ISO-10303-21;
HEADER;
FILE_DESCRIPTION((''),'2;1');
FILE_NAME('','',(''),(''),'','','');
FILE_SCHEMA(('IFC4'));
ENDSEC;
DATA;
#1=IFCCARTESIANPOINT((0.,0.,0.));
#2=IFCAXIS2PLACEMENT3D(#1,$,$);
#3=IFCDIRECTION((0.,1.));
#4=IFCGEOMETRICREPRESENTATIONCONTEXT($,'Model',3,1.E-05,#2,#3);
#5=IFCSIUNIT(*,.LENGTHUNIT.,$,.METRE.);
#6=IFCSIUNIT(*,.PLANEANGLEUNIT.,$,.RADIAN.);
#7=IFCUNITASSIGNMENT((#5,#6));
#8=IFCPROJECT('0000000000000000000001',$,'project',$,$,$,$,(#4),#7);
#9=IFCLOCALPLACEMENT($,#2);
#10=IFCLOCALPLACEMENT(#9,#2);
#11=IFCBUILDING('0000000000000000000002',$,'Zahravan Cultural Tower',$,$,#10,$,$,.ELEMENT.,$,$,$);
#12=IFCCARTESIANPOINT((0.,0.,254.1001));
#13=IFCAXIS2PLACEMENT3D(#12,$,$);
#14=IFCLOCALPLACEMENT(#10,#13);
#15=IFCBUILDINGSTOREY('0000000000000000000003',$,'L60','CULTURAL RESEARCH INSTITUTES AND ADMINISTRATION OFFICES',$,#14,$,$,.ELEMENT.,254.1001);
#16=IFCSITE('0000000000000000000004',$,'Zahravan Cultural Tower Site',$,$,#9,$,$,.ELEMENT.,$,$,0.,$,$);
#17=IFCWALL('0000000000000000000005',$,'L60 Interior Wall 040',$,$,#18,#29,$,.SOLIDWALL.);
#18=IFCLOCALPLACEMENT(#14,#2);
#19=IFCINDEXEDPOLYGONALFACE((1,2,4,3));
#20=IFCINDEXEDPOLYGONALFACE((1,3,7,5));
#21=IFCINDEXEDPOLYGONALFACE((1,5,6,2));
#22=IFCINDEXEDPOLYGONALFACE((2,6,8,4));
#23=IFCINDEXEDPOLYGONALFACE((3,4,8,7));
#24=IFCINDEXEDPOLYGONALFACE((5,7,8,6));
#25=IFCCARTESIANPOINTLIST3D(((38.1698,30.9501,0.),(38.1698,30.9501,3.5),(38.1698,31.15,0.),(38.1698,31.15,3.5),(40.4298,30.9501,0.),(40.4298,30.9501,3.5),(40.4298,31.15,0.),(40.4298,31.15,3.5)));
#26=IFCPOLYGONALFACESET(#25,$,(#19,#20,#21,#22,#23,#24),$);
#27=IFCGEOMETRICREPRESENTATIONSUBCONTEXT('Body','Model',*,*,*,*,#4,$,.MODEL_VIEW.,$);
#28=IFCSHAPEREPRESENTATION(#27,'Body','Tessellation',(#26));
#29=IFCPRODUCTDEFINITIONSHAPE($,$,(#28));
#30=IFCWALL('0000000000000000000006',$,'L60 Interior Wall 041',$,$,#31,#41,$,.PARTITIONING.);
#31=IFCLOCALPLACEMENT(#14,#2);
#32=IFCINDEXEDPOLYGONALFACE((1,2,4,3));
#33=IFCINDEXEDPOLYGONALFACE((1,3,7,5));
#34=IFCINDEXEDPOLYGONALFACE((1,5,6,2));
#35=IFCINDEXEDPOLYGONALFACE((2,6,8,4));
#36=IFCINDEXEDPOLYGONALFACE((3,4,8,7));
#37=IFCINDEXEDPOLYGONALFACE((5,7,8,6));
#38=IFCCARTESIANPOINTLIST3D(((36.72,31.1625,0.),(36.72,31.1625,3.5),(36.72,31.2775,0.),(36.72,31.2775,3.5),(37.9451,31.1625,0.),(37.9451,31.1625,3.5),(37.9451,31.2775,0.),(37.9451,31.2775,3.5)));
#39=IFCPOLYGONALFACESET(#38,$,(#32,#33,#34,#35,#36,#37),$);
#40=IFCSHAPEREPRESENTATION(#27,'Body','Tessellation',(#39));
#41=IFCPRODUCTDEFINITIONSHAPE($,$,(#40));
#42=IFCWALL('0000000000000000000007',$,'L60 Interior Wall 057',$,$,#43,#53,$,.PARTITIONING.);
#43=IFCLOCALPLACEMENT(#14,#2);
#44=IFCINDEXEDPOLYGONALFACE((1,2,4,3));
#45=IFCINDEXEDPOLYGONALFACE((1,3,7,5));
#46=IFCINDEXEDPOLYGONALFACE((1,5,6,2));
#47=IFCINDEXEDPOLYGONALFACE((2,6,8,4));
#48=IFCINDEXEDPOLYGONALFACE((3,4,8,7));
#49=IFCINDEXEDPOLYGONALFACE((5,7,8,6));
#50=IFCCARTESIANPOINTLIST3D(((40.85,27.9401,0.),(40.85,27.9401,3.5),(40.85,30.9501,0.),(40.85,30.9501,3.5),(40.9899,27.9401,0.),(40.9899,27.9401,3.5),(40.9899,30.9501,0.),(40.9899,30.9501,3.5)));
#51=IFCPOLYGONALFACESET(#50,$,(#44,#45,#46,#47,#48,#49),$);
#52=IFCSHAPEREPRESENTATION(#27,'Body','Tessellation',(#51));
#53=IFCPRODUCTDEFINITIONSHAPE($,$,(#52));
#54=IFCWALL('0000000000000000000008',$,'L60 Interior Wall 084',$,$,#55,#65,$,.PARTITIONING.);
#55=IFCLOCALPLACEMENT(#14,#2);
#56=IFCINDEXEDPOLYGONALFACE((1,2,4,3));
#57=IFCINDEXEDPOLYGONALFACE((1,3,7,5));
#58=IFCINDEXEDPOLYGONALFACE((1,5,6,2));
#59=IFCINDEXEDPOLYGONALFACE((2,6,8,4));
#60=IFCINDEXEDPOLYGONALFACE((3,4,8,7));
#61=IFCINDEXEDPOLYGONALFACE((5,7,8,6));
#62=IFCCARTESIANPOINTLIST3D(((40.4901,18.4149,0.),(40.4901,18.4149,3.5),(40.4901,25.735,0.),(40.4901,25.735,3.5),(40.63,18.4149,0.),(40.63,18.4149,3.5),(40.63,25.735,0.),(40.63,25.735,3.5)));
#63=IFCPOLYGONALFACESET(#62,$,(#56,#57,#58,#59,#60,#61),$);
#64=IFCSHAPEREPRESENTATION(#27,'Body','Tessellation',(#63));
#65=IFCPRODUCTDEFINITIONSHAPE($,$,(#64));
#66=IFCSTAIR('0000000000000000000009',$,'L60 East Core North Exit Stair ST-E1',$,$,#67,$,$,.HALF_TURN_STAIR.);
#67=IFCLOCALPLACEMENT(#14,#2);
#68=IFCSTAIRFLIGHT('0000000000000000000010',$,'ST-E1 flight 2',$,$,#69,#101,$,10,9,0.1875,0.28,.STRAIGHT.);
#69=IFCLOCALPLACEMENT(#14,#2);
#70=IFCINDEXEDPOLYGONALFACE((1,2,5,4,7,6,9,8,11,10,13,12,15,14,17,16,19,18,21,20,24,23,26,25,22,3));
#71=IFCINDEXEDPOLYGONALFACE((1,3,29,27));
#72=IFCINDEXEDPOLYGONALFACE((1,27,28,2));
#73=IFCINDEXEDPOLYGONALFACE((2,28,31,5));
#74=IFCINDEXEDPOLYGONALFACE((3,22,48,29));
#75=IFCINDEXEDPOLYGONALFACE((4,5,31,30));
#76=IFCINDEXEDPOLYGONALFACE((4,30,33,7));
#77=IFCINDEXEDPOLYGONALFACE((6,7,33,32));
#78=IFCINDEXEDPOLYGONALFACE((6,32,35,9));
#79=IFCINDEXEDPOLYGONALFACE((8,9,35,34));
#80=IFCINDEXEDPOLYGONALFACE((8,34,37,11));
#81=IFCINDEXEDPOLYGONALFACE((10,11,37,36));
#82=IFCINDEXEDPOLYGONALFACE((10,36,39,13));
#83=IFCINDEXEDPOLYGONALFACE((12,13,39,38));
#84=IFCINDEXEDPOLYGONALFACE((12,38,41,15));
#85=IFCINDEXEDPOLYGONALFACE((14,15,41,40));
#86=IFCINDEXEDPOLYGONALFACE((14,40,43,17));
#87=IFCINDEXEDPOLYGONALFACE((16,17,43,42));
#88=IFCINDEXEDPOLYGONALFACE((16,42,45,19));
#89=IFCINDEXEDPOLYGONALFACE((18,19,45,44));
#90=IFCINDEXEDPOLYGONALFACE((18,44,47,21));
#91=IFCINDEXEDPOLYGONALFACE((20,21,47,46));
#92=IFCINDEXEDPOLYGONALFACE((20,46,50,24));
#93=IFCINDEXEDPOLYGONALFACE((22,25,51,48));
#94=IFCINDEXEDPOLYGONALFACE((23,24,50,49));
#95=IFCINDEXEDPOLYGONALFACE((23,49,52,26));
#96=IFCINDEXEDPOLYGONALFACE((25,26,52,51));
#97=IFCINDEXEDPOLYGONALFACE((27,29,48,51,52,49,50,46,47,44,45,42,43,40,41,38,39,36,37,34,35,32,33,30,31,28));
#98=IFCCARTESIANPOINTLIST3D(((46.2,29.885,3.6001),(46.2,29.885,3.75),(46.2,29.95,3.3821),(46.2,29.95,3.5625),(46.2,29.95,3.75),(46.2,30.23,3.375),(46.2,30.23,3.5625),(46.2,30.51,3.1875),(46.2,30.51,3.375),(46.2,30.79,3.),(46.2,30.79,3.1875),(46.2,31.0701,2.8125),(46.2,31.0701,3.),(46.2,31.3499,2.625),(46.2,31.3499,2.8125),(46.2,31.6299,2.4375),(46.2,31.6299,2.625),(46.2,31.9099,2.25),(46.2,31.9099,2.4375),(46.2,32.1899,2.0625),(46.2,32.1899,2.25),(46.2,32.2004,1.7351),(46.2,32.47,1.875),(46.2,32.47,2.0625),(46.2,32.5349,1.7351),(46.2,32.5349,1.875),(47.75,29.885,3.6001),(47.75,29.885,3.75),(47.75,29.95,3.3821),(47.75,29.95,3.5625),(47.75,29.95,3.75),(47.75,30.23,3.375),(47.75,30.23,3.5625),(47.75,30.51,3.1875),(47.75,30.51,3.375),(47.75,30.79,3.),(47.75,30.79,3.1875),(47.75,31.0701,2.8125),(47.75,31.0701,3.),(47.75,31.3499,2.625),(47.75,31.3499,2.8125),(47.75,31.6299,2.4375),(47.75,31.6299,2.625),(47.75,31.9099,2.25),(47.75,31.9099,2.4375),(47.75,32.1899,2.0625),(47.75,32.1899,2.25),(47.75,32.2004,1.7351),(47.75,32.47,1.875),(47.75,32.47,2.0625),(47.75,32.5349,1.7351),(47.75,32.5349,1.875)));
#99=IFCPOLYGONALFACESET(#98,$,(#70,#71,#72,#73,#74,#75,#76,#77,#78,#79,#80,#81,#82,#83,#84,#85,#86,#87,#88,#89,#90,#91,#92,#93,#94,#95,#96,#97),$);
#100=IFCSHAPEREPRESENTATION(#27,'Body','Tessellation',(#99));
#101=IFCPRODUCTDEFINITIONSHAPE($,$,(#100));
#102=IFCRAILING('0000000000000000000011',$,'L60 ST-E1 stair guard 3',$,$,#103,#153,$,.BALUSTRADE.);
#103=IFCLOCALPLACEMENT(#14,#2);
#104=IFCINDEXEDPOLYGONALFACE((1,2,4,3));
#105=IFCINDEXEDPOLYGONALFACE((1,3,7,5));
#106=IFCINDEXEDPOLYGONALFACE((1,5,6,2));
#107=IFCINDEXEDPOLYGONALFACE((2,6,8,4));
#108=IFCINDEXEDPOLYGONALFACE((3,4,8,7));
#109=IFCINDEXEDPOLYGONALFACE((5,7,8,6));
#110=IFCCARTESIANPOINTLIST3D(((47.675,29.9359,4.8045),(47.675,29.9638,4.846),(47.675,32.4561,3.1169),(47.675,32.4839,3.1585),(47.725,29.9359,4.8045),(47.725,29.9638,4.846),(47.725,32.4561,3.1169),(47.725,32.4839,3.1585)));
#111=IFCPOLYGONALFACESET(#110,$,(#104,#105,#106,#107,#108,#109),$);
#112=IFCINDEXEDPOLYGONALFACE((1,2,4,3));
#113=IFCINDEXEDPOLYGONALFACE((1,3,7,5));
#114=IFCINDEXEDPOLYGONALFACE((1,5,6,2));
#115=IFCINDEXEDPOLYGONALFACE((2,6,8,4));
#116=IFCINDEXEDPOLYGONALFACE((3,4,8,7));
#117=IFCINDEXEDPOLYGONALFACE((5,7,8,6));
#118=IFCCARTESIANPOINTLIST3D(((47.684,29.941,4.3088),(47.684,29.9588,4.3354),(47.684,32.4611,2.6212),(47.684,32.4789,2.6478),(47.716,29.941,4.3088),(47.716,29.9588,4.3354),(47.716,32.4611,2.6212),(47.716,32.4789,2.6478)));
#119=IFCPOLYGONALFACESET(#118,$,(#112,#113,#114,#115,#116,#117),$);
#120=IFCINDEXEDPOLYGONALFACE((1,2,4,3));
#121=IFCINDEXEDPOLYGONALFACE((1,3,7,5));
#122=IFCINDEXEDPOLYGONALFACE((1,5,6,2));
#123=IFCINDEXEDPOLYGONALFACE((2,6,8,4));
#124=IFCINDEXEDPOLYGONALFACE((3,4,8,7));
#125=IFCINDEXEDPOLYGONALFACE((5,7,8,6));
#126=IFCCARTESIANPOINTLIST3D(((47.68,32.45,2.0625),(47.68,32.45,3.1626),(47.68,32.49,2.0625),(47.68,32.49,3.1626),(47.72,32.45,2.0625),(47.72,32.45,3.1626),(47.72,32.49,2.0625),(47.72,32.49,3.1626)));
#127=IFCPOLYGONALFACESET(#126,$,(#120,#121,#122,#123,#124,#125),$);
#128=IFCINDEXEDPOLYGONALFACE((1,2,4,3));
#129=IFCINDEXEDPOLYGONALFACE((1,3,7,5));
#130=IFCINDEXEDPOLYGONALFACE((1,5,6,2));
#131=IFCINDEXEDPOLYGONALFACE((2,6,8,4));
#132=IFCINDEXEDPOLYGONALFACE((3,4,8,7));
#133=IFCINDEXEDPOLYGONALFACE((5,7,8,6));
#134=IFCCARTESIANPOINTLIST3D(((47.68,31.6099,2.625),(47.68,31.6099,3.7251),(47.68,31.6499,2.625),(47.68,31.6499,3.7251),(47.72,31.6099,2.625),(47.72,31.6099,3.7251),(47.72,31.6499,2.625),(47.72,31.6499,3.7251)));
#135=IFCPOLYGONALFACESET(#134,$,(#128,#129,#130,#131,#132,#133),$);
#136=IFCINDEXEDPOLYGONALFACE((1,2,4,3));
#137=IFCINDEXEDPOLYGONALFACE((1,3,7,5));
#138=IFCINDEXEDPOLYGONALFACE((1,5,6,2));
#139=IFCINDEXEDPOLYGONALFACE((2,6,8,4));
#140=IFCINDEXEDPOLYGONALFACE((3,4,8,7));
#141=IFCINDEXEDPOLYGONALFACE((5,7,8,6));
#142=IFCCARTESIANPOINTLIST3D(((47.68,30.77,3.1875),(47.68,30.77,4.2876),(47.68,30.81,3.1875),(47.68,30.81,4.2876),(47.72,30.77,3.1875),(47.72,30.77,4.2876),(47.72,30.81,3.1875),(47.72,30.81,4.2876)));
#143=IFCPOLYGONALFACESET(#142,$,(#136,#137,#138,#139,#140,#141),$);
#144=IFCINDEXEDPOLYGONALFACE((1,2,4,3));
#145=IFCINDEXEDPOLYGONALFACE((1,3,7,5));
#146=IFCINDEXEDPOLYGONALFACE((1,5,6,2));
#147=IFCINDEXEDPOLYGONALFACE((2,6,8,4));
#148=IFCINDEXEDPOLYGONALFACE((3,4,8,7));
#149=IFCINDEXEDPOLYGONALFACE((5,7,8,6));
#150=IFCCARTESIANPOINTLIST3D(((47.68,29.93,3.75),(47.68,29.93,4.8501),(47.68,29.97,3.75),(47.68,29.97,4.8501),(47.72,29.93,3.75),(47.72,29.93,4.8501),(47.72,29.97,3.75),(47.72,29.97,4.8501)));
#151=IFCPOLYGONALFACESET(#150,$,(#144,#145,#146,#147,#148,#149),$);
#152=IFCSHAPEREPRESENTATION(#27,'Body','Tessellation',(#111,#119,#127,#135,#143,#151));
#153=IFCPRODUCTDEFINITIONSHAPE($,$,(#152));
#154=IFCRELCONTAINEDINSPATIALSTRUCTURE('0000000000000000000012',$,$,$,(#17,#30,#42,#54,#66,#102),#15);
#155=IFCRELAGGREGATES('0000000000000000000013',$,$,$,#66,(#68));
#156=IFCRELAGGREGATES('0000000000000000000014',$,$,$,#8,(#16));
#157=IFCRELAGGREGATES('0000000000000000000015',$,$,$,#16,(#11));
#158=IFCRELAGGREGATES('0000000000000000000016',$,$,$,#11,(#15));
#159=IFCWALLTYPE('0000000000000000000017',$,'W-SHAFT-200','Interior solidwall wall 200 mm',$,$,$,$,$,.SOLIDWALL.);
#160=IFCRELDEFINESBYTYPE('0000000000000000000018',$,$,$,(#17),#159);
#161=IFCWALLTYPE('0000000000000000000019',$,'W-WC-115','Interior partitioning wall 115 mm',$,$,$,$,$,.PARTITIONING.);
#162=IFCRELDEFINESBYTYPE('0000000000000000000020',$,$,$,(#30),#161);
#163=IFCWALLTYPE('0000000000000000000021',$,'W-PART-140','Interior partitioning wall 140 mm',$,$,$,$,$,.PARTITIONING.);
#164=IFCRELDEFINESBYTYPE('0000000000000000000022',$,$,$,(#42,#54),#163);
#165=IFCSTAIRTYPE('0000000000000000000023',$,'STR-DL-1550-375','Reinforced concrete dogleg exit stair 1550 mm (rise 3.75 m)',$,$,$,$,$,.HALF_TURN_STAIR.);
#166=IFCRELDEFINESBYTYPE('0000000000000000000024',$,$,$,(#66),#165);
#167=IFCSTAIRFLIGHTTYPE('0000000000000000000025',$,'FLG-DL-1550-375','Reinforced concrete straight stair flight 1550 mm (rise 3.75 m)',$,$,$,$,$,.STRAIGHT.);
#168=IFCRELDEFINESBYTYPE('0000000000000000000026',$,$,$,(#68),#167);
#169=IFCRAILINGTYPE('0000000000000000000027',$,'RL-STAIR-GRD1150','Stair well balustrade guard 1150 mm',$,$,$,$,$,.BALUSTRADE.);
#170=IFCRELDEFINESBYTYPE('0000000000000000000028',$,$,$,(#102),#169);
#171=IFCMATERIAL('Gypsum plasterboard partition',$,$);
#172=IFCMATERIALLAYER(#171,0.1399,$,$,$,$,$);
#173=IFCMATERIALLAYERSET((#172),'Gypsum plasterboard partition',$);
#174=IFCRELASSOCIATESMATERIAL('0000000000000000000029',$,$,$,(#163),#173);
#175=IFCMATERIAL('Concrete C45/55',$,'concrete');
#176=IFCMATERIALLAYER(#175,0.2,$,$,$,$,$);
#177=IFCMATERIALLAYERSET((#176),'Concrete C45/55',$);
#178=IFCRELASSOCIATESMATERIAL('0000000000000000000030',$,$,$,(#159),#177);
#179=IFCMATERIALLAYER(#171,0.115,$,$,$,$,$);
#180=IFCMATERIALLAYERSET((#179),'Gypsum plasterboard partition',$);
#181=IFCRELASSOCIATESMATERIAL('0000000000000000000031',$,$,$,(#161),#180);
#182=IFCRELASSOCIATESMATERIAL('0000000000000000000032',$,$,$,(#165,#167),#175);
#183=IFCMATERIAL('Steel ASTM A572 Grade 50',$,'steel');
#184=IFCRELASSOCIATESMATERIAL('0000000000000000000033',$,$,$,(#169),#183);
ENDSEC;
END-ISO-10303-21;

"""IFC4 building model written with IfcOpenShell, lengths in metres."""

from ifc_helpers import new_model, si_unit, direction, frame, frame_2d, origin, origin_2d, place, context, subcontext, project, spatial, polyline, rectangle, outline, extrude, source, transform, mapped, material, layer, layer_set, type_object, element, aggregate, save


model = new_model("IFC4")

# Units and contexts
model_context = context("Model", 3, precision=1e-05, world=origin(), true_north=direction((0.0, 1.0)))
body_context = subcontext(model_context, "Body", "Model", "MODEL_VIEW")
ifc_project = project(units=[si_unit("LENGTHUNIT", "METRE"), si_unit("PLANEANGLEUNIT", "RADIAN")], contexts=[model_context])

# Site, building, storey
site_placement = place(None, origin())
site = spatial("IfcSite", under=ifc_project, at=site_placement, Name="Zahravan Cultural Tower Site", CompositionType="ELEMENT", RefElevation=0.0)
building_placement = place(site_placement, origin())
building = spatial("IfcBuilding", under=site, at=building_placement, Name="Zahravan Cultural Tower", CompositionType="ELEMENT")
storey_placement = place(building_placement, frame((0.0, 0.0, 254.1001)))
storey = spatial("IfcBuildingStorey", under=building, at=storey_placement, Name="L60", Description="CULTURAL RESEARCH INSTITUTES AND ADMINISTRATION OFFICES", CompositionType="ELEMENT", Elevation=254.1001)

# Shared definitions
ifc_material_1 = material(Name="Steel ASTM A572 Grade 50", Category="steel")
ifc_material_2 = material(Name="Gypsum plasterboard partition")
ifc_layer_1 = layer(ifc_material_2, 0.1399)
ifc_layer_set_1 = layer_set([ifc_layer_1], Name="Gypsum plasterboard partition")
wall_type_1 = type_object("IfcWallType", Name="W-PART-140", Description="Interior partitioning wall 140 mm", PredefinedType="PARTITIONING", material=ifc_layer_set_1)
ifc_material_3 = material(Name="Concrete C45/55", Category="concrete")
ifc_layer_2 = layer(ifc_material_3, 0.2)
ifc_layer_set_2 = layer_set([ifc_layer_2], Name="Concrete C45/55")
wall_type_2 = type_object("IfcWallType", Name="W-SHAFT-200", Description="Interior solidwall wall 200 mm", PredefinedType="SOLIDWALL", material=ifc_layer_set_2)

# Walls
shared_shape_1 = source(origin(), body_context, "Body", "SweptSolid", [
    extrude(rectangle(XDim=2.26, YDim=0.2, at=frame_2d((1.1299, 0.0))), origin(), (0.0, 0.0, 1.0), 3.5),
])
wall_1_placement = place(storey_placement, frame((38.1699, 31.05, 0.0), z_axis=(0.0, 0.0, 1.0), x_axis=(1.0, 0.0, 0.0)))
element("IfcWall", 1, at=wall_1_placement, inside=storey, type_object=wall_type_2, Name="L60 Interior Wall 040", PredefinedType="SOLIDWALL", context=body_context, shape_type="MappedRepresentation", body=[
    mapped(shared_shape_1, transform((0.0, 0.0, 0.0), x_axis=(1.0, 0.0, 0.0), y_axis=(0.0, 1.0, 0.0), z_axis=(0.0, 0.0, 1.0), scale=1.0)),
])
ifc_layer_3 = layer(ifc_material_2, 0.115)
ifc_layer_set_3 = layer_set([ifc_layer_3], Name="Gypsum plasterboard partition")
wall_type_3 = type_object("IfcWallType", Name="W-WC-115", Description="Interior partitioning wall 115 mm", PredefinedType="PARTITIONING", material=ifc_layer_set_3)
shared_shape_2 = source(origin(), body_context, "Body", "SweptSolid", [
    extrude(rectangle(XDim=1.2251, YDim=0.115, at=frame_2d((0.6125, 0.0))), origin(), (0.0, 0.0, 1.0), 3.5),
])
wall_2_placement = place(storey_placement, frame((37.9451, 31.22, 0.0), z_axis=(0.0, 0.0, 1.0), x_axis=(-1.0, 0.0, 0.0)))
element("IfcWall", 2, at=wall_2_placement, inside=storey, type_object=wall_type_3, Name="L60 Interior Wall 041", PredefinedType="PARTITIONING", context=body_context, shape_type="MappedRepresentation", body=[
    mapped(shared_shape_2, transform((0.0, 0.0, 0.0), x_axis=(1.0, 0.0, 0.0), y_axis=(0.0, 1.0, 0.0), z_axis=(0.0, 0.0, 1.0), scale=1.0)),
])
shared_shape_3 = source(origin(), body_context, "Body", "SweptSolid", [
    extrude(rectangle(XDim=3.01, YDim=0.1399, at=frame_2d((1.5049, 0.0))), origin(), (0.0, 0.0, 1.0), 3.5),
])
wall_3_placement = place(storey_placement, frame((40.9199, 30.95, 0.0), z_axis=(0.0, 0.0, 1.0), x_axis=(0.0, -1.0, 0.0)))
element("IfcWall", 3, at=wall_3_placement, inside=storey, type_object=wall_type_1, Name="L60 Interior Wall 057", PredefinedType="PARTITIONING", context=body_context, shape_type="MappedRepresentation", body=[
    mapped(shared_shape_3, transform((0.0, 0.0, 0.0), x_axis=(1.0, 0.0, 0.0), y_axis=(0.0, 1.0, 0.0), z_axis=(0.0, 0.0, 1.0), scale=1.0)),
])
shared_shape_4 = source(origin(), body_context, "Body", "SweptSolid", [
    extrude(rectangle(XDim=7.3201, YDim=0.1399, at=frame_2d((3.6602, 0.0))), origin(), (0.0, 0.0, 1.0), 3.5),
])
wall_4_placement = place(storey_placement, frame((40.5601, 25.7351, 0.0), z_axis=(0.0, 0.0, 1.0), x_axis=(0.0, -1.0, 0.0)))
element("IfcWall", 4, at=wall_4_placement, inside=storey, type_object=wall_type_1, Name="L60 Interior Wall 084", PredefinedType="PARTITIONING", context=body_context, shape_type="MappedRepresentation", body=[
    mapped(shared_shape_4, transform((0.0, 0.0, 0.0), x_axis=(1.0, 0.0, 0.0), y_axis=(0.0, 1.0, 0.0), z_axis=(0.0, 0.0, 1.0), scale=1.0)),
])

# Stair, stair flight
stair_type = type_object("IfcStairType", Name="STR-DL-1550-375", Description="Reinforced concrete dogleg exit stair 1550 mm (rise 3.75 m)", PredefinedType="HALF_TURN_STAIR", material=ifc_material_3)
stair_placement = place(storey_placement, origin())
stair = element("IfcStair", 5, at=stair_placement, inside=storey, type_object=stair_type, Name="L60 East Core North Exit Stair ST-E1", PredefinedType="HALF_TURN_STAIR")
stair_flight_type = type_object("IfcStairFlightType", Name="FLG-DL-1550-375", Description="Reinforced concrete straight stair flight 1550 mm (rise 3.75 m)", PredefinedType="STRAIGHT", material=ifc_material_3)
stair_flight_placement = place(storey_placement, frame((46.9751, 32.47, 1.875), z_axis=(0.0, 0.0, 1.0), x_axis=(0.0, -1.0, 0.0)))
stair_flight = element("IfcStairFlight", 6, at=stair_flight_placement, type_object=stair_flight_type, Name="ST-E1 flight 2", NumberOfRisers=10, NumberOfTreads=9, PredefinedType="STRAIGHT", RiserHeight=0.1875, TreadLength=0.28, context=body_context, shape_type="SweptSolid", body=[
    extrude(outline(polyline([(-0.0649, -0.1399), (-0.0649, 0.0), (0.0, 0.0), (0.0, 0.1875), (0.28, 0.1875), (0.28, 0.375), (0.5601, 0.375), (0.5601, 0.5625), (0.8401, 0.5625), (0.8401, 0.75), (1.1201, 0.75), (1.1201, 0.9375), (1.3999, 0.9375), (1.3999, 1.125), (1.6799, 1.125), (1.6799, 1.3125), (1.96, 1.3125), (1.96, 1.5), (2.24, 1.5), (2.24, 1.6875), (2.52, 1.6875), (2.52, 1.875), (2.585, 1.875), (2.585, 1.7251), (2.52, 1.5071), (0.2695, -0.1399), (-0.0649, -0.1399)])), frame((0.0, 0.7749, 0.0), z_axis=(0.0, -1.0, 0.0), x_axis=(1.0, 0.0, 0.0)), (0.0, 0.0, 1.0), 1.55),
])
aggregate(stair, [stair_flight])

# Railing
railing_type_1 = type_object("IfcRailingType", Name="RL-STAIR-GRD1150", Description="Stair well balustrade guard 1150 mm", PredefinedType="BALUSTRADE", material=ifc_material_1)
railing_1_placement = place(storey_placement, frame((47.7, 32.47, 2.0625)))
element("IfcRailing", 7, at=railing_1_placement, inside=storey, type_object=railing_type_1, Name="L60 ST-E1 stair guard 3", PredefinedType="BALUSTRADE", context=body_context, shape_type="SweptSolid", body=[
    extrude(rectangle(XDim=0.05, YDim=0.05, at=origin_2d()), frame((0.0, 0.0, 1.0752), z_axis=(0.0, -0.830909, 0.556408), x_axis=(1.0, 0.0, 0.0)), (0.0, 0.0, 1.0), 3.033),
    extrude(rectangle(XDim=0.032, YDim=0.032, at=origin_2d()), frame((0.0, 0.0, 0.572), z_axis=(0.0, -0.830909, 0.556408), x_axis=(1.0, 0.0, 0.0)), (0.0, 0.0, 1.0), 3.033),
    extrude(rectangle(XDim=0.04, YDim=0.04, at=origin_2d()), origin(), (0.0, 0.0, 1.0), 1.1001),
    extrude(rectangle(XDim=0.04, YDim=0.04, at=origin_2d()), frame((0.0, -0.8401, 0.5625)), (0.0, 0.0, 1.0), 1.1001),
    extrude(rectangle(XDim=0.04, YDim=0.04, at=origin_2d()), frame((0.0, -1.6799, 1.125)), (0.0, 0.0, 1.0), 1.1001),
    extrude(rectangle(XDim=0.04, YDim=0.04, at=origin_2d()), frame((0.0, -2.52, 1.6875)), (0.0, 0.0, 1.0), 1.1001),
])

save(model, "model.ifc")
